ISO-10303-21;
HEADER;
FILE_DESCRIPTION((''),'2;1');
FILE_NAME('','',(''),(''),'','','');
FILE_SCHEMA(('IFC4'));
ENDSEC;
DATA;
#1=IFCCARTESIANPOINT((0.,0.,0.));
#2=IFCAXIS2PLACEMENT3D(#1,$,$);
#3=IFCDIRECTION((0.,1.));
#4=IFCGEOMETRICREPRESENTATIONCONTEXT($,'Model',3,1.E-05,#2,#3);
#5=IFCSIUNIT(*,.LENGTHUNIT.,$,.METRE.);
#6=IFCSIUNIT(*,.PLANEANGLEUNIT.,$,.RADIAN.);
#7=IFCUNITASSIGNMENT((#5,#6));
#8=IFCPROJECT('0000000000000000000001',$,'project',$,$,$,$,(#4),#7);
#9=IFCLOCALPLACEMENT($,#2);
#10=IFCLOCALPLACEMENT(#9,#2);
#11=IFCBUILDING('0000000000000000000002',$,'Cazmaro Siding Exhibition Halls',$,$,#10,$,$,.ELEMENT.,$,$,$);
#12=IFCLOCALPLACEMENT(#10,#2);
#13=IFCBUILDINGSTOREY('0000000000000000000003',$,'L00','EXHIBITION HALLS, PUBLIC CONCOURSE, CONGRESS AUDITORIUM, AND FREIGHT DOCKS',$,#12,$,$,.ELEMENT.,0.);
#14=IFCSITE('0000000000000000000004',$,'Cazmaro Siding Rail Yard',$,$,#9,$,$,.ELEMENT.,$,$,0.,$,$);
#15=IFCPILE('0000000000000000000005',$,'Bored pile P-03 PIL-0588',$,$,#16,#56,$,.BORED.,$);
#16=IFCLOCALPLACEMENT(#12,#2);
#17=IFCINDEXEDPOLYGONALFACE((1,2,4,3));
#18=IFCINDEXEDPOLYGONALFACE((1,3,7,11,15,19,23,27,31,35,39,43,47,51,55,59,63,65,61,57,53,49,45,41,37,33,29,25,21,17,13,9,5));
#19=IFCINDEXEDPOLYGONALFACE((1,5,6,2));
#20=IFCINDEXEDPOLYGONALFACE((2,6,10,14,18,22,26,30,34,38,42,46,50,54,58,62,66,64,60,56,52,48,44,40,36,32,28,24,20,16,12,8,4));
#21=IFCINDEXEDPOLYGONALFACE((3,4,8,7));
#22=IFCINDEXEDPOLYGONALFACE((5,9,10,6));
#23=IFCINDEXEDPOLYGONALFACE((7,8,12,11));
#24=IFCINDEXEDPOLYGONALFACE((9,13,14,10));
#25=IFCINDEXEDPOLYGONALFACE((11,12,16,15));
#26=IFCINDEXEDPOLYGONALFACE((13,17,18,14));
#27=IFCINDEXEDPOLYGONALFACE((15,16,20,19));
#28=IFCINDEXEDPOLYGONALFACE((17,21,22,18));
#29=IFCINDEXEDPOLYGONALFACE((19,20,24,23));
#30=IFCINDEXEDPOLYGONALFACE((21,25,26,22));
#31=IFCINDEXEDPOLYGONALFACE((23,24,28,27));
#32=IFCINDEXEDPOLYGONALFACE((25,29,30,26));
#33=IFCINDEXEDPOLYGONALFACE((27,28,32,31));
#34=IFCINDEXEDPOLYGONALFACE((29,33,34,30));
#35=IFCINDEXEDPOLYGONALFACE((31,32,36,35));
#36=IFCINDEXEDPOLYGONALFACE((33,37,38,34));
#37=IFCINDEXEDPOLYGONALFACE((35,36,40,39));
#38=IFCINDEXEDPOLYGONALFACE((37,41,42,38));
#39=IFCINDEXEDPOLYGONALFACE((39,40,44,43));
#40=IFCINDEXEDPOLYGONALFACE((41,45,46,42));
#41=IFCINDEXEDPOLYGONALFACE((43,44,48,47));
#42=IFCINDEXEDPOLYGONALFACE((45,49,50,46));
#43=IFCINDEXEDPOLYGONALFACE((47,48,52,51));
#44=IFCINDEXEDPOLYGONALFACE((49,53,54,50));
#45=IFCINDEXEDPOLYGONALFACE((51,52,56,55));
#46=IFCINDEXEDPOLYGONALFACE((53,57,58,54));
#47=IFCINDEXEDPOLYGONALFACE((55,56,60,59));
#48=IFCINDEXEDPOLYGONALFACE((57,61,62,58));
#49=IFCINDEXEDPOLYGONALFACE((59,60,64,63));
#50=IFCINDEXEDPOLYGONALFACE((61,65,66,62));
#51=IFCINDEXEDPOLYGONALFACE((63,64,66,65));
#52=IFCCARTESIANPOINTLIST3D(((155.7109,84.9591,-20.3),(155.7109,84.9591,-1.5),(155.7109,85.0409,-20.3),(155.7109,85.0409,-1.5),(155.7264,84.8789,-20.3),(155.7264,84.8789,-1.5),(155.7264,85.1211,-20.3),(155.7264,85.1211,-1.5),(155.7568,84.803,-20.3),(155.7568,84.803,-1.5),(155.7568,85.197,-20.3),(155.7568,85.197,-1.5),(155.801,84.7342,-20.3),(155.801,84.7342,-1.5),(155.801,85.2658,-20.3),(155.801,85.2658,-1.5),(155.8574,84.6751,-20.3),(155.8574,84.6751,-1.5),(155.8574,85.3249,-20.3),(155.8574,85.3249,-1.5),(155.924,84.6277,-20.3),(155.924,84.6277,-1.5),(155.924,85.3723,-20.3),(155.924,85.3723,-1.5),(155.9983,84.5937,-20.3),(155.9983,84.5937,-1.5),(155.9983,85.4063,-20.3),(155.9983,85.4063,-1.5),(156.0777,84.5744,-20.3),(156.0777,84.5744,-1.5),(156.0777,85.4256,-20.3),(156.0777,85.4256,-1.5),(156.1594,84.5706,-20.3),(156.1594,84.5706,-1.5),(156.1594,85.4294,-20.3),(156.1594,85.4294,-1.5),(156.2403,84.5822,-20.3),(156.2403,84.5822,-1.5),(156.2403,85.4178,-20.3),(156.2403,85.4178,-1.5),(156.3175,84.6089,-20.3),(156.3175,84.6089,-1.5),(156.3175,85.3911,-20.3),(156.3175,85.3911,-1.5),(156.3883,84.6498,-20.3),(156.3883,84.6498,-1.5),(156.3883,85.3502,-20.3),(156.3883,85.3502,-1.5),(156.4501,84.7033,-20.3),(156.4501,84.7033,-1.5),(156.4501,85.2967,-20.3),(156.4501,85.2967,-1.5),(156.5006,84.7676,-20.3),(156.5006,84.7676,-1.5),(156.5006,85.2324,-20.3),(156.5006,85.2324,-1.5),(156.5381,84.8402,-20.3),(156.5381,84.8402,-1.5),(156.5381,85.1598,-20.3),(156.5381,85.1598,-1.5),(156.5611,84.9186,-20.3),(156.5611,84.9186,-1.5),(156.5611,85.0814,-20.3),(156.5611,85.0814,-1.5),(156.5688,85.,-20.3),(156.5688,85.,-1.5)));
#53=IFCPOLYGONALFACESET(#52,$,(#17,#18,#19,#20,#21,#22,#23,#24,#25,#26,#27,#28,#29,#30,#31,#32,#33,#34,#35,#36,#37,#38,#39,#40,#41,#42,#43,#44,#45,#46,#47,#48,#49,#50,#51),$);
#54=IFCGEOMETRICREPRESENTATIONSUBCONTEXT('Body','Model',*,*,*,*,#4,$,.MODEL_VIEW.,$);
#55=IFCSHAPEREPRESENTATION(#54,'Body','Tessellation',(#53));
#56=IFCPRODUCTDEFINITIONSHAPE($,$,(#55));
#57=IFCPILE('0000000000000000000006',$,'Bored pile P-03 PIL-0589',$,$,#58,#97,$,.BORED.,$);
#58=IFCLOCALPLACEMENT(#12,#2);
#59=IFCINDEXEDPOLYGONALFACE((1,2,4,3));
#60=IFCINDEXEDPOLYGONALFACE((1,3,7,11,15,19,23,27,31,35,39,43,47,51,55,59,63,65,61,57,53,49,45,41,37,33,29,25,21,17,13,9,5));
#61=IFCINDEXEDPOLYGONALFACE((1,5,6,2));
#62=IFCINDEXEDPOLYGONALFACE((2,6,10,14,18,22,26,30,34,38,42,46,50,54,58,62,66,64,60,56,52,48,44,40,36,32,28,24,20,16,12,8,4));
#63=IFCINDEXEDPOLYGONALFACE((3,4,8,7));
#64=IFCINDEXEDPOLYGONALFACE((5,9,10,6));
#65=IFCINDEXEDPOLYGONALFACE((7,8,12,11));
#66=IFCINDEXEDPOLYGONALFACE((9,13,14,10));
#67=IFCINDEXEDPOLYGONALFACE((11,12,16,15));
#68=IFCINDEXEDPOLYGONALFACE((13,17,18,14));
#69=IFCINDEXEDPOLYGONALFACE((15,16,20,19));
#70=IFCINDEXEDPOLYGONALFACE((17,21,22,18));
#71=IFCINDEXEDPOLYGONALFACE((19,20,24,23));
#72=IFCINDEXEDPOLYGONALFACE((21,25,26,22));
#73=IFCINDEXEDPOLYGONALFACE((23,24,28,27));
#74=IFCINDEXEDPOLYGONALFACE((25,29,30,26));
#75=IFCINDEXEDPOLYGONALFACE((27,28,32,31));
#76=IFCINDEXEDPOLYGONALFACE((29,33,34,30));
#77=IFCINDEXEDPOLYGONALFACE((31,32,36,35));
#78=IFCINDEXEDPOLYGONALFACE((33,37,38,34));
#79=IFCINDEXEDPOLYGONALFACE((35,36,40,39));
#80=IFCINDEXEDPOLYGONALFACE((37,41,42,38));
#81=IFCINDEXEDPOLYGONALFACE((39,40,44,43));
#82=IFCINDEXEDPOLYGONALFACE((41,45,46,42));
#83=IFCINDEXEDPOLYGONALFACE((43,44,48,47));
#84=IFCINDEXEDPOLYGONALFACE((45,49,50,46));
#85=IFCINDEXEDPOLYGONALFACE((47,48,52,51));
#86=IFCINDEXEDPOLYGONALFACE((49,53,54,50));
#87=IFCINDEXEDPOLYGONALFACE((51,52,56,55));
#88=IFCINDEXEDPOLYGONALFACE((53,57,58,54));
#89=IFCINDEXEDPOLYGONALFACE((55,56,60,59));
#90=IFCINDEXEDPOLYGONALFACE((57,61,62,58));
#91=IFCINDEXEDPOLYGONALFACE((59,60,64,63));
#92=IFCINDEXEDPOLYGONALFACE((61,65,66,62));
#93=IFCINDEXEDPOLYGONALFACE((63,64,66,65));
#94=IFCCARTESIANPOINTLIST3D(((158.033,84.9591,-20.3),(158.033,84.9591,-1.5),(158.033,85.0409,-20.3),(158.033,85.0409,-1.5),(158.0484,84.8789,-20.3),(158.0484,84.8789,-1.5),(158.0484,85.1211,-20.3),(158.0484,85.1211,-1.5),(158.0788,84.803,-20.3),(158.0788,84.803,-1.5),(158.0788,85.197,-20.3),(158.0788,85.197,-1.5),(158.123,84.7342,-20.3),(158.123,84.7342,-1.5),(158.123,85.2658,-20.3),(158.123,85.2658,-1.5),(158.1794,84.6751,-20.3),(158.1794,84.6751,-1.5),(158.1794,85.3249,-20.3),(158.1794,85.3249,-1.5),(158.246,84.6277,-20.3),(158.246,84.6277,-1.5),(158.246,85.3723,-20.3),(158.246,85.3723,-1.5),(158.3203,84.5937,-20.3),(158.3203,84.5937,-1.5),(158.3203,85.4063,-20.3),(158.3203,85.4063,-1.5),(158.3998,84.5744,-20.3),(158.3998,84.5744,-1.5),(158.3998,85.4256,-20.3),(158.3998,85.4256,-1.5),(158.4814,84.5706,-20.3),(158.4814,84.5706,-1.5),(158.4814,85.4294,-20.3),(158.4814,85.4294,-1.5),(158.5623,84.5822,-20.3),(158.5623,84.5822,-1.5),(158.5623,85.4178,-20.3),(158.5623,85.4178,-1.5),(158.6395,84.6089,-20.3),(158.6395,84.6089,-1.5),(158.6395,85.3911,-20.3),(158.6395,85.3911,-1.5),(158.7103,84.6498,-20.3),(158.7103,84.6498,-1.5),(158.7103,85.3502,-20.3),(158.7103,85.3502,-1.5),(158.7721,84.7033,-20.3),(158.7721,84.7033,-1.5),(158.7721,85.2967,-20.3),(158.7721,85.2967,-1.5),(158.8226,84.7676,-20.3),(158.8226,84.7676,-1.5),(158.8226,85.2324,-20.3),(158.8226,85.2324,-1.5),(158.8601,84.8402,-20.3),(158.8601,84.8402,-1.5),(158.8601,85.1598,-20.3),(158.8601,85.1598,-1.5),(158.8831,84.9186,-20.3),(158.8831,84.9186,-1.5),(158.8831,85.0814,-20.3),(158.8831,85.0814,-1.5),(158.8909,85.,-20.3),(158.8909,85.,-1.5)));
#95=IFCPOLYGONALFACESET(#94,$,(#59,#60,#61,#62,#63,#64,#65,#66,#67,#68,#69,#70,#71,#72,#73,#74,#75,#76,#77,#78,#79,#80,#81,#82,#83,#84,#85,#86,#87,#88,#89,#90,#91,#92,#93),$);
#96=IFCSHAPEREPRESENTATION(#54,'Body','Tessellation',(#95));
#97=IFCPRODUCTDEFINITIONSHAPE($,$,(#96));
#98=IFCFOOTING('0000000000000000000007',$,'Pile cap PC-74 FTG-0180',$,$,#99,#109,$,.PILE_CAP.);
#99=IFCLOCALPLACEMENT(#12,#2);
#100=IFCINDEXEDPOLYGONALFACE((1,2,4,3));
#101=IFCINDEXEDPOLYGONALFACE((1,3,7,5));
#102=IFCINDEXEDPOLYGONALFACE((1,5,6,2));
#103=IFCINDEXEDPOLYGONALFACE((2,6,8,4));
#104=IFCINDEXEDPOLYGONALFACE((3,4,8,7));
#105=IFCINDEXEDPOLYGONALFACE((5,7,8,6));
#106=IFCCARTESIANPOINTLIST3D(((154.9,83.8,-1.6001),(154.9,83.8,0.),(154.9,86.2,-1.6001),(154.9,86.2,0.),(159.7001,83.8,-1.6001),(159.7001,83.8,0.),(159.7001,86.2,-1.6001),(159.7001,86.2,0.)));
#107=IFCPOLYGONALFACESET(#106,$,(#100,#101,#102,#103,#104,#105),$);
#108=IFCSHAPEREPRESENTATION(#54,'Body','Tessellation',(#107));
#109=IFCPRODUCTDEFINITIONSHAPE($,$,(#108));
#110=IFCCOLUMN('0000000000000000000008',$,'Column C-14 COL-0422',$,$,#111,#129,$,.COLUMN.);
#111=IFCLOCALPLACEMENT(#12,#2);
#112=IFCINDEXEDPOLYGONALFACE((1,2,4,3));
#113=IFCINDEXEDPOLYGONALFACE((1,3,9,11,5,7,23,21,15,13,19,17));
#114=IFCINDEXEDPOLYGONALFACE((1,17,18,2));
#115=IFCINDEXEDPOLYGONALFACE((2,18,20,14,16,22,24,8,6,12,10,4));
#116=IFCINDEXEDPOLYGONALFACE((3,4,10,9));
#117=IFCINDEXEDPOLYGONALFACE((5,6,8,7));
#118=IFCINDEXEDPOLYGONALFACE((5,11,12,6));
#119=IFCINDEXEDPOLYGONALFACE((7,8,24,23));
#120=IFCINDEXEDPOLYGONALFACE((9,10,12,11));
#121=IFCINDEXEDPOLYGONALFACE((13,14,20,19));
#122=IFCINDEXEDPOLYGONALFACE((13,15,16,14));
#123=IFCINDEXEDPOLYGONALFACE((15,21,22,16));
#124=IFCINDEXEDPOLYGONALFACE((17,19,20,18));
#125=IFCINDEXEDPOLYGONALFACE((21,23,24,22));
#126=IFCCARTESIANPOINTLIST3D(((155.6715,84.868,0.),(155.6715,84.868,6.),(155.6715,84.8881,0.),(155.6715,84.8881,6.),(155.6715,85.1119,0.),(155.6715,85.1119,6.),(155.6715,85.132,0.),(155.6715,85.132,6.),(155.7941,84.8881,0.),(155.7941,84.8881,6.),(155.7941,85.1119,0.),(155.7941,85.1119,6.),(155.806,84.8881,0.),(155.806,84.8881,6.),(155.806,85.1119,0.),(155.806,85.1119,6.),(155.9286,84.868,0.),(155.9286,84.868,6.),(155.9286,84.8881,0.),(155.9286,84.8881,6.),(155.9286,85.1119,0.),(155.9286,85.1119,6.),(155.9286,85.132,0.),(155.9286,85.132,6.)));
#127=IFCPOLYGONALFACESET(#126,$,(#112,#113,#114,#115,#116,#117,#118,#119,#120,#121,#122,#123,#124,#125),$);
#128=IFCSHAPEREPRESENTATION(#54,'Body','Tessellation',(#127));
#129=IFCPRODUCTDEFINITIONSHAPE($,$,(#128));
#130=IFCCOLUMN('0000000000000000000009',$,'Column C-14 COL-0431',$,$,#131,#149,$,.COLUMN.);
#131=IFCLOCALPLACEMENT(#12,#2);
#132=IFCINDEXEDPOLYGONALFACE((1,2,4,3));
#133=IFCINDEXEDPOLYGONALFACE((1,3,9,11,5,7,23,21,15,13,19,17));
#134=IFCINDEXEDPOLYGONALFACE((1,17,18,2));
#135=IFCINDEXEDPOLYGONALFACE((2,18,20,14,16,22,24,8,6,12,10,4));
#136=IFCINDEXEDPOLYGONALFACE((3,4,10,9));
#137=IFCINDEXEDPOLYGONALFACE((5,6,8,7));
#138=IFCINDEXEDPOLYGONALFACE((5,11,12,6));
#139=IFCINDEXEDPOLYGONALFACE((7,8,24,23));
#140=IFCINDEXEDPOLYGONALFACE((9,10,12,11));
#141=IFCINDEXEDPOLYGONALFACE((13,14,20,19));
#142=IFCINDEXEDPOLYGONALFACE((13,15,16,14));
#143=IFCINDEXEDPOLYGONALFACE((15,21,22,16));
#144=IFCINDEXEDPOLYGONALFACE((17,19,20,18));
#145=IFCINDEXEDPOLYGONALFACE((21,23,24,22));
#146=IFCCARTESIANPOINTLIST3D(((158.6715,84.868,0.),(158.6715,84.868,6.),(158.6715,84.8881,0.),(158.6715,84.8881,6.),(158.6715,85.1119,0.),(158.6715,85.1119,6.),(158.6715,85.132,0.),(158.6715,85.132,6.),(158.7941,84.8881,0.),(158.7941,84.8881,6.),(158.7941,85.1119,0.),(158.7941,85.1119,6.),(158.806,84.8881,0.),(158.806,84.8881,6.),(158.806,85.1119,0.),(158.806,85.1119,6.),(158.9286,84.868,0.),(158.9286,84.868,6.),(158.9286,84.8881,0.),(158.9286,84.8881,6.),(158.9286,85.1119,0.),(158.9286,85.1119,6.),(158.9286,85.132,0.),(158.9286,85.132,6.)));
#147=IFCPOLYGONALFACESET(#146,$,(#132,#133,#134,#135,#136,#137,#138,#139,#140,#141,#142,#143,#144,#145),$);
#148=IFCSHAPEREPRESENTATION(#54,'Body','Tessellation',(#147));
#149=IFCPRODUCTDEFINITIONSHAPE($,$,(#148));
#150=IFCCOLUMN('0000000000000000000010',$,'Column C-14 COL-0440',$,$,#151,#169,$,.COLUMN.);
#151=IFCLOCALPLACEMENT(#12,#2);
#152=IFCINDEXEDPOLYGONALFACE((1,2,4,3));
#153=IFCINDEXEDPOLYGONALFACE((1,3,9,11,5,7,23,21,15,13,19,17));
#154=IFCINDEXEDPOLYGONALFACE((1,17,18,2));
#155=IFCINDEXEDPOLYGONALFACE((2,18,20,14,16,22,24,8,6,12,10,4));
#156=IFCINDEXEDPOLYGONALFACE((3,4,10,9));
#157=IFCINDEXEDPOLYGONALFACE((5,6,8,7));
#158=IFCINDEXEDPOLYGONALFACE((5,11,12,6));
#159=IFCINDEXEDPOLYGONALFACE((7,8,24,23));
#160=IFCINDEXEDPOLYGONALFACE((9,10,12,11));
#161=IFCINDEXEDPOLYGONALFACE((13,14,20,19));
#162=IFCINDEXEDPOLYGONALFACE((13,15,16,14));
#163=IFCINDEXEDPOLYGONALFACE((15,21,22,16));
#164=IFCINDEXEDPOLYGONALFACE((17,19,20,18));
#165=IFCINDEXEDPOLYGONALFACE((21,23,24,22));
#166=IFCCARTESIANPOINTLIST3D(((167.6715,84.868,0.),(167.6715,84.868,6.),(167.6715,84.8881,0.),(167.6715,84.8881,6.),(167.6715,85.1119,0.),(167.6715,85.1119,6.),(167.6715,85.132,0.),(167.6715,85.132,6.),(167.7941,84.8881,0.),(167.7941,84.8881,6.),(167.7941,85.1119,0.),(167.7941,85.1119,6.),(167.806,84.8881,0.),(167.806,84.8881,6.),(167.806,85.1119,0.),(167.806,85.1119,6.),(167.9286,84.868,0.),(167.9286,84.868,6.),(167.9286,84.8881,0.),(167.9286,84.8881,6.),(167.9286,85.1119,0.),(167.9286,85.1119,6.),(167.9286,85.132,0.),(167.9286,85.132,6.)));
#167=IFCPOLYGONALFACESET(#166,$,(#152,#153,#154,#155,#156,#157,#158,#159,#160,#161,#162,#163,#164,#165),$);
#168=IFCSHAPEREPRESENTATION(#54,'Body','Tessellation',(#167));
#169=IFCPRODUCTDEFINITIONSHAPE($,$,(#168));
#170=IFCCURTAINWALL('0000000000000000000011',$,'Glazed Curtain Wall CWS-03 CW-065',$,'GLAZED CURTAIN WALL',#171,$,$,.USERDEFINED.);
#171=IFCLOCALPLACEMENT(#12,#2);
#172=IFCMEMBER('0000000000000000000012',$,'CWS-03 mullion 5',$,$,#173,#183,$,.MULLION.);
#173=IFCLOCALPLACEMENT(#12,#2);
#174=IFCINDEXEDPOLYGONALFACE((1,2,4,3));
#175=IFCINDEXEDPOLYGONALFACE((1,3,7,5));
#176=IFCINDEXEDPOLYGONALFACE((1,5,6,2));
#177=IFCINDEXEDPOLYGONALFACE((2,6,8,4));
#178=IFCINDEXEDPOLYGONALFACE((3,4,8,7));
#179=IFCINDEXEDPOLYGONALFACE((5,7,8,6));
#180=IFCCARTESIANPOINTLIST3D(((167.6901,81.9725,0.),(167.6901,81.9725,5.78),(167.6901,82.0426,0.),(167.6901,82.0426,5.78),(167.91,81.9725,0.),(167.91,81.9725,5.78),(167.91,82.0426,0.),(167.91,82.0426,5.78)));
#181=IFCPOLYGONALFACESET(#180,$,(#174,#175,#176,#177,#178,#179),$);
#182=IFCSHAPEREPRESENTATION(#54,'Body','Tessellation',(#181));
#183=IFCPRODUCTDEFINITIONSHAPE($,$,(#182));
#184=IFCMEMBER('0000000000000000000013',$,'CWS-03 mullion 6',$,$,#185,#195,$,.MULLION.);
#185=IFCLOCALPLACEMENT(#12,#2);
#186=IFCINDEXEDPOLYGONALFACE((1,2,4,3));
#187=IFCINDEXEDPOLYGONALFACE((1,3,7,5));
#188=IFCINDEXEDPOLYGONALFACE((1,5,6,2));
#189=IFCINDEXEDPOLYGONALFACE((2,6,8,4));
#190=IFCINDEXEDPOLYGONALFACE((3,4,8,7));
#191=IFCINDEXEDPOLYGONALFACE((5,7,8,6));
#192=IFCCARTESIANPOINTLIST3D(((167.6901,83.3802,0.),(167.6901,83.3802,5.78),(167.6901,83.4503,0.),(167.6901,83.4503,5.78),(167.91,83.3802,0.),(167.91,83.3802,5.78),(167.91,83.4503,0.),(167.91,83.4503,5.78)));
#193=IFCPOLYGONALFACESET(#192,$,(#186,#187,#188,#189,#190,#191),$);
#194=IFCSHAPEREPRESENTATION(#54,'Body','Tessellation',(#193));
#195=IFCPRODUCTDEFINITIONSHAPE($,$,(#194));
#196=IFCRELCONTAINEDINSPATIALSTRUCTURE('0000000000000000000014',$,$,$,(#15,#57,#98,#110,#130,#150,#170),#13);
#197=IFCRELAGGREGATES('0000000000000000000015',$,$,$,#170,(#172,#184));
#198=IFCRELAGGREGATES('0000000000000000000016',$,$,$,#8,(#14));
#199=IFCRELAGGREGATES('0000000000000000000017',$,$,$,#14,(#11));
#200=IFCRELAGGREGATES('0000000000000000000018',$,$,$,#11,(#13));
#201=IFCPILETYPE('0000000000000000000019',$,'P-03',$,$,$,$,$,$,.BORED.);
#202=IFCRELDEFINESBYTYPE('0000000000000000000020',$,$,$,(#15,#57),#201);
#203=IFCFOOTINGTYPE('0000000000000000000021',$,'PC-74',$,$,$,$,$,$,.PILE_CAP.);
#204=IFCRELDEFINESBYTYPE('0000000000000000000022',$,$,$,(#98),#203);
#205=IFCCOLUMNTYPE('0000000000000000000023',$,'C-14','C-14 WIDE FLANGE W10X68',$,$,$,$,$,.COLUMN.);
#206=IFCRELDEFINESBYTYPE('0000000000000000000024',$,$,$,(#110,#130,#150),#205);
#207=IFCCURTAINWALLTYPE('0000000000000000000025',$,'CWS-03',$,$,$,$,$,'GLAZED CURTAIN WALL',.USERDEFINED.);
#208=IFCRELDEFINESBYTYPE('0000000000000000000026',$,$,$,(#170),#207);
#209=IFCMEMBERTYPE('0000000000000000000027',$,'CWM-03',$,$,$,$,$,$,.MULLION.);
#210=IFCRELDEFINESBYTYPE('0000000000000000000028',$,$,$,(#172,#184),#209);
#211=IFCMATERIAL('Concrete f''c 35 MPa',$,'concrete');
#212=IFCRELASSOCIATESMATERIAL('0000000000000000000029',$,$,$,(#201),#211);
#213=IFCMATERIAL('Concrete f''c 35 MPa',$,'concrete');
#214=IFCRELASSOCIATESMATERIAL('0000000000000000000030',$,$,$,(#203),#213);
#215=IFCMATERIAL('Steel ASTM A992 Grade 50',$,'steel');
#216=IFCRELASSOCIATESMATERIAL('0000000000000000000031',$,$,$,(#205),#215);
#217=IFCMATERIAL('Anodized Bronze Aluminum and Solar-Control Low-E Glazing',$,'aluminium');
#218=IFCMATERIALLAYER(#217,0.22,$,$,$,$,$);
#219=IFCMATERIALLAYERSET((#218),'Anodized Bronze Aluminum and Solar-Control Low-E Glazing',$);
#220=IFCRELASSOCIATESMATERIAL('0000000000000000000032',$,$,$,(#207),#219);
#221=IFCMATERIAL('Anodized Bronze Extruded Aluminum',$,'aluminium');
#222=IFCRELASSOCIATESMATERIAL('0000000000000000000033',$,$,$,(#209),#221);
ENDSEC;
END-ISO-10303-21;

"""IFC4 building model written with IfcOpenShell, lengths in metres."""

from ifc_helpers import new_model, si_unit, direction, frame, origin, origin_2d, place, context, subcontext, project, spatial, rectangle, circle, i_section, extrude, material, layer, layer_set, material_profile, profile_set, type_object, element, aggregate, save


model = new_model("IFC4")

# Units and contexts
model_context = context("Model", 3, precision=1e-05, world=origin(), true_north=direction((0.0, 1.0)))
body_context = subcontext(model_context, "Body", "Model", "MODEL_VIEW")
ifc_project = project(units=[si_unit("LENGTHUNIT", "METRE"), si_unit("PLANEANGLEUNIT", "RADIAN")], contexts=[model_context])

# Site, building, storey
site_placement = place(None, origin())
site = spatial("IfcSite", under=ifc_project, at=site_placement, Name="Cazmaro Siding Rail Yard", CompositionType="ELEMENT", RefElevation=0.0)
building_placement = place(site_placement, origin())
building = spatial("IfcBuilding", under=site, at=building_placement, Name="Cazmaro Siding Exhibition Halls", CompositionType="ELEMENT")
storey_placement = place(building_placement, origin())
storey = spatial("IfcBuildingStorey", under=building, at=storey_placement, Name="L00", Description="EXHIBITION HALLS, PUBLIC CONCOURSE, CONGRESS AUDITORIUM, AND FREIGHT DOCKS", CompositionType="ELEMENT", Elevation=0.0)

# Piles
ifc_material_1 = material(Name="Concrete f'c 35 MPa", Category="concrete")
ifc_material_profile_1 = material_profile(ifc_material_1, circle(Radius=0.4299, at=origin_2d()), Name="CIDH-860")
ifc_profile_set_1 = profile_set([ifc_material_profile_1], Name="Concrete f'c 35 MPa")
pile_type = type_object("IfcPileType", Name="P-03", PredefinedType="BORED", material=ifc_profile_set_1)
for number, where, z_axis, x_axis, name in (
    (1, (156.1389, 85.0, -1.5), (0.0, 0.0, -1.0), (1.0, 0.0, 0.0), "Bored pile P-03 PIL-0588"),
    (2, (158.4609, 85.0, -1.5), (0.0, 0.0, -1.0), (1.0, 0.0, 0.0), "Bored pile P-03 PIL-0589"),
):
    element("IfcPile", number, at=place(storey_placement, frame(where, z_axis=z_axis, x_axis=x_axis)), inside=storey, type_object=pile_type, Name=name, PredefinedType="BORED", context=body_context, shape_type="SweptSolid", body=[
        extrude(circle(Radius=0.4299, at=origin_2d()), origin(), (0.0, 0.0, 1.0), 18.8),
    ])

# Footing
ifc_material_2 = material(Name="Concrete f'c 35 MPa", Category="concrete")
footing_type = type_object("IfcFootingType", Name="PC-74", PredefinedType="PILE_CAP", material=ifc_material_2)
footing_placement = place(storey_placement, frame((157.3, 85.0, -1.6001), z_axis=(0.0, 0.0, 1.0), x_axis=(1.0, 0.0, 0.0)))
element("IfcFooting", 3, at=footing_placement, inside=storey, type_object=footing_type, Name="Pile cap PC-74 FTG-0180", PredefinedType="PILE_CAP", context=body_context, shape_type="SweptSolid", body=[
    extrude(rectangle(XDim=4.8, YDim=2.3999, at=origin_2d()), origin(), (0.0, 0.0, 1.0), 1.6001),
])

# Columns
ifc_material_3 = material(Name="Steel ASTM A992 Grade 50", Category="steel")
ifc_material_profile_2 = material_profile(ifc_material_3, i_section(OverallWidth=0.2571, OverallDepth=0.2639, WebThickness=0.012, FlangeThickness=0.02, at=origin_2d()), Name="W10X68")
ifc_profile_set_2 = profile_set([ifc_material_profile_2], Name="Steel ASTM A992 Grade 50")
column_type = type_object("IfcColumnType", Name="C-14", Description="C-14 WIDE FLANGE W10X68", PredefinedType="COLUMN", material=ifc_profile_set_2)
for number, where, z_axis, x_axis, name in (
    (4, (155.8, 85.0, 0.0), (0.0, 0.0, 1.0), (1.0, 0.0, 0.0), "Column C-14 COL-0422"),
    (5, (158.8, 85.0, 0.0), (0.0, 0.0, 1.0), (1.0, 0.0, 0.0), "Column C-14 COL-0431"),
    (6, (167.8, 85.0, 0.0), (0.0, 0.0, 1.0), (1.0, 0.0, 0.0), "Column C-14 COL-0440"),
):
    element("IfcColumn", number, at=place(storey_placement, frame(where, z_axis=z_axis, x_axis=x_axis)), inside=storey, type_object=column_type, Name=name, PredefinedType="COLUMN", context=body_context, shape_type="SweptSolid", body=[
        extrude(i_section(OverallWidth=0.2571, OverallDepth=0.2639, WebThickness=0.012, FlangeThickness=0.02, at=origin_2d()), origin(), (0.0, 0.0, 1.0), 6.0),
    ])

# Curtain wall, members
ifc_material_4 = material(Name="Anodized Bronze Aluminum and Solar-Control Low-E Glazing", Category="aluminium")
ifc_layer_1 = layer(ifc_material_4, 0.22)
ifc_layer_set_1 = layer_set([ifc_layer_1], Name="Anodized Bronze Aluminum and Solar-Control Low-E Glazing")
curtain_wall_type = type_object("IfcCurtainWallType", Name="CWS-03", ElementType="GLAZED CURTAIN WALL", PredefinedType="USERDEFINED", material=ifc_layer_set_1)
curtain_wall_1_placement = place(storey_placement, origin())
curtain_wall_1 = element("IfcCurtainWall", 7, at=curtain_wall_1_placement, inside=storey, type_object=curtain_wall_type, Name="Glazed Curtain Wall CWS-03 CW-065", ObjectType="GLAZED CURTAIN WALL", PredefinedType="USERDEFINED")
ifc_material_5 = material(Name="Anodized Bronze Extruded Aluminum", Category="aluminium")
ifc_material_profile_3 = material_profile(ifc_material_5, rectangle(XDim=0.22, YDim=0.0701, at=origin_2d()), Name="CWM-03")
ifc_profile_set_3 = profile_set([ifc_material_profile_3], Name="Anodized Bronze Extruded Aluminum")
member_type_1 = type_object("IfcMemberType", Name="CWM-03", PredefinedType="MULLION", material=ifc_profile_set_3)
member_1_placement = place(storey_placement, frame((167.8, 82.0076, 0.0), z_axis=(0.0, 0.0, 1.0), x_axis=(-1.0, 0.0, 0.0)))
member_1 = element("IfcMember", 8, at=member_1_placement, type_object=member_type_1, Name="CWS-03 mullion 5", PredefinedType="MULLION", context=body_context, shape_type="SweptSolid", body=[
    extrude(rectangle(XDim=0.22, YDim=0.0701, at=origin_2d()), origin(), (0.0, 0.0, 1.0), 5.78),
])
member_2_placement = place(storey_placement, frame((167.8, 83.4153, 0.0), z_axis=(0.0, 0.0, 1.0), x_axis=(-1.0, 0.0, 0.0)))
member_2 = element("IfcMember", 9, at=member_2_placement, type_object=member_type_1, Name="CWS-03 mullion 6", PredefinedType="MULLION", context=body_context, shape_type="SweptSolid", body=[
    extrude(rectangle(XDim=0.22, YDim=0.0701, at=origin_2d()), origin(), (0.0, 0.0, 1.0), 5.78),
])

aggregate(curtain_wall_1, [member_1, member_2])

save(model, "model.ifc")
